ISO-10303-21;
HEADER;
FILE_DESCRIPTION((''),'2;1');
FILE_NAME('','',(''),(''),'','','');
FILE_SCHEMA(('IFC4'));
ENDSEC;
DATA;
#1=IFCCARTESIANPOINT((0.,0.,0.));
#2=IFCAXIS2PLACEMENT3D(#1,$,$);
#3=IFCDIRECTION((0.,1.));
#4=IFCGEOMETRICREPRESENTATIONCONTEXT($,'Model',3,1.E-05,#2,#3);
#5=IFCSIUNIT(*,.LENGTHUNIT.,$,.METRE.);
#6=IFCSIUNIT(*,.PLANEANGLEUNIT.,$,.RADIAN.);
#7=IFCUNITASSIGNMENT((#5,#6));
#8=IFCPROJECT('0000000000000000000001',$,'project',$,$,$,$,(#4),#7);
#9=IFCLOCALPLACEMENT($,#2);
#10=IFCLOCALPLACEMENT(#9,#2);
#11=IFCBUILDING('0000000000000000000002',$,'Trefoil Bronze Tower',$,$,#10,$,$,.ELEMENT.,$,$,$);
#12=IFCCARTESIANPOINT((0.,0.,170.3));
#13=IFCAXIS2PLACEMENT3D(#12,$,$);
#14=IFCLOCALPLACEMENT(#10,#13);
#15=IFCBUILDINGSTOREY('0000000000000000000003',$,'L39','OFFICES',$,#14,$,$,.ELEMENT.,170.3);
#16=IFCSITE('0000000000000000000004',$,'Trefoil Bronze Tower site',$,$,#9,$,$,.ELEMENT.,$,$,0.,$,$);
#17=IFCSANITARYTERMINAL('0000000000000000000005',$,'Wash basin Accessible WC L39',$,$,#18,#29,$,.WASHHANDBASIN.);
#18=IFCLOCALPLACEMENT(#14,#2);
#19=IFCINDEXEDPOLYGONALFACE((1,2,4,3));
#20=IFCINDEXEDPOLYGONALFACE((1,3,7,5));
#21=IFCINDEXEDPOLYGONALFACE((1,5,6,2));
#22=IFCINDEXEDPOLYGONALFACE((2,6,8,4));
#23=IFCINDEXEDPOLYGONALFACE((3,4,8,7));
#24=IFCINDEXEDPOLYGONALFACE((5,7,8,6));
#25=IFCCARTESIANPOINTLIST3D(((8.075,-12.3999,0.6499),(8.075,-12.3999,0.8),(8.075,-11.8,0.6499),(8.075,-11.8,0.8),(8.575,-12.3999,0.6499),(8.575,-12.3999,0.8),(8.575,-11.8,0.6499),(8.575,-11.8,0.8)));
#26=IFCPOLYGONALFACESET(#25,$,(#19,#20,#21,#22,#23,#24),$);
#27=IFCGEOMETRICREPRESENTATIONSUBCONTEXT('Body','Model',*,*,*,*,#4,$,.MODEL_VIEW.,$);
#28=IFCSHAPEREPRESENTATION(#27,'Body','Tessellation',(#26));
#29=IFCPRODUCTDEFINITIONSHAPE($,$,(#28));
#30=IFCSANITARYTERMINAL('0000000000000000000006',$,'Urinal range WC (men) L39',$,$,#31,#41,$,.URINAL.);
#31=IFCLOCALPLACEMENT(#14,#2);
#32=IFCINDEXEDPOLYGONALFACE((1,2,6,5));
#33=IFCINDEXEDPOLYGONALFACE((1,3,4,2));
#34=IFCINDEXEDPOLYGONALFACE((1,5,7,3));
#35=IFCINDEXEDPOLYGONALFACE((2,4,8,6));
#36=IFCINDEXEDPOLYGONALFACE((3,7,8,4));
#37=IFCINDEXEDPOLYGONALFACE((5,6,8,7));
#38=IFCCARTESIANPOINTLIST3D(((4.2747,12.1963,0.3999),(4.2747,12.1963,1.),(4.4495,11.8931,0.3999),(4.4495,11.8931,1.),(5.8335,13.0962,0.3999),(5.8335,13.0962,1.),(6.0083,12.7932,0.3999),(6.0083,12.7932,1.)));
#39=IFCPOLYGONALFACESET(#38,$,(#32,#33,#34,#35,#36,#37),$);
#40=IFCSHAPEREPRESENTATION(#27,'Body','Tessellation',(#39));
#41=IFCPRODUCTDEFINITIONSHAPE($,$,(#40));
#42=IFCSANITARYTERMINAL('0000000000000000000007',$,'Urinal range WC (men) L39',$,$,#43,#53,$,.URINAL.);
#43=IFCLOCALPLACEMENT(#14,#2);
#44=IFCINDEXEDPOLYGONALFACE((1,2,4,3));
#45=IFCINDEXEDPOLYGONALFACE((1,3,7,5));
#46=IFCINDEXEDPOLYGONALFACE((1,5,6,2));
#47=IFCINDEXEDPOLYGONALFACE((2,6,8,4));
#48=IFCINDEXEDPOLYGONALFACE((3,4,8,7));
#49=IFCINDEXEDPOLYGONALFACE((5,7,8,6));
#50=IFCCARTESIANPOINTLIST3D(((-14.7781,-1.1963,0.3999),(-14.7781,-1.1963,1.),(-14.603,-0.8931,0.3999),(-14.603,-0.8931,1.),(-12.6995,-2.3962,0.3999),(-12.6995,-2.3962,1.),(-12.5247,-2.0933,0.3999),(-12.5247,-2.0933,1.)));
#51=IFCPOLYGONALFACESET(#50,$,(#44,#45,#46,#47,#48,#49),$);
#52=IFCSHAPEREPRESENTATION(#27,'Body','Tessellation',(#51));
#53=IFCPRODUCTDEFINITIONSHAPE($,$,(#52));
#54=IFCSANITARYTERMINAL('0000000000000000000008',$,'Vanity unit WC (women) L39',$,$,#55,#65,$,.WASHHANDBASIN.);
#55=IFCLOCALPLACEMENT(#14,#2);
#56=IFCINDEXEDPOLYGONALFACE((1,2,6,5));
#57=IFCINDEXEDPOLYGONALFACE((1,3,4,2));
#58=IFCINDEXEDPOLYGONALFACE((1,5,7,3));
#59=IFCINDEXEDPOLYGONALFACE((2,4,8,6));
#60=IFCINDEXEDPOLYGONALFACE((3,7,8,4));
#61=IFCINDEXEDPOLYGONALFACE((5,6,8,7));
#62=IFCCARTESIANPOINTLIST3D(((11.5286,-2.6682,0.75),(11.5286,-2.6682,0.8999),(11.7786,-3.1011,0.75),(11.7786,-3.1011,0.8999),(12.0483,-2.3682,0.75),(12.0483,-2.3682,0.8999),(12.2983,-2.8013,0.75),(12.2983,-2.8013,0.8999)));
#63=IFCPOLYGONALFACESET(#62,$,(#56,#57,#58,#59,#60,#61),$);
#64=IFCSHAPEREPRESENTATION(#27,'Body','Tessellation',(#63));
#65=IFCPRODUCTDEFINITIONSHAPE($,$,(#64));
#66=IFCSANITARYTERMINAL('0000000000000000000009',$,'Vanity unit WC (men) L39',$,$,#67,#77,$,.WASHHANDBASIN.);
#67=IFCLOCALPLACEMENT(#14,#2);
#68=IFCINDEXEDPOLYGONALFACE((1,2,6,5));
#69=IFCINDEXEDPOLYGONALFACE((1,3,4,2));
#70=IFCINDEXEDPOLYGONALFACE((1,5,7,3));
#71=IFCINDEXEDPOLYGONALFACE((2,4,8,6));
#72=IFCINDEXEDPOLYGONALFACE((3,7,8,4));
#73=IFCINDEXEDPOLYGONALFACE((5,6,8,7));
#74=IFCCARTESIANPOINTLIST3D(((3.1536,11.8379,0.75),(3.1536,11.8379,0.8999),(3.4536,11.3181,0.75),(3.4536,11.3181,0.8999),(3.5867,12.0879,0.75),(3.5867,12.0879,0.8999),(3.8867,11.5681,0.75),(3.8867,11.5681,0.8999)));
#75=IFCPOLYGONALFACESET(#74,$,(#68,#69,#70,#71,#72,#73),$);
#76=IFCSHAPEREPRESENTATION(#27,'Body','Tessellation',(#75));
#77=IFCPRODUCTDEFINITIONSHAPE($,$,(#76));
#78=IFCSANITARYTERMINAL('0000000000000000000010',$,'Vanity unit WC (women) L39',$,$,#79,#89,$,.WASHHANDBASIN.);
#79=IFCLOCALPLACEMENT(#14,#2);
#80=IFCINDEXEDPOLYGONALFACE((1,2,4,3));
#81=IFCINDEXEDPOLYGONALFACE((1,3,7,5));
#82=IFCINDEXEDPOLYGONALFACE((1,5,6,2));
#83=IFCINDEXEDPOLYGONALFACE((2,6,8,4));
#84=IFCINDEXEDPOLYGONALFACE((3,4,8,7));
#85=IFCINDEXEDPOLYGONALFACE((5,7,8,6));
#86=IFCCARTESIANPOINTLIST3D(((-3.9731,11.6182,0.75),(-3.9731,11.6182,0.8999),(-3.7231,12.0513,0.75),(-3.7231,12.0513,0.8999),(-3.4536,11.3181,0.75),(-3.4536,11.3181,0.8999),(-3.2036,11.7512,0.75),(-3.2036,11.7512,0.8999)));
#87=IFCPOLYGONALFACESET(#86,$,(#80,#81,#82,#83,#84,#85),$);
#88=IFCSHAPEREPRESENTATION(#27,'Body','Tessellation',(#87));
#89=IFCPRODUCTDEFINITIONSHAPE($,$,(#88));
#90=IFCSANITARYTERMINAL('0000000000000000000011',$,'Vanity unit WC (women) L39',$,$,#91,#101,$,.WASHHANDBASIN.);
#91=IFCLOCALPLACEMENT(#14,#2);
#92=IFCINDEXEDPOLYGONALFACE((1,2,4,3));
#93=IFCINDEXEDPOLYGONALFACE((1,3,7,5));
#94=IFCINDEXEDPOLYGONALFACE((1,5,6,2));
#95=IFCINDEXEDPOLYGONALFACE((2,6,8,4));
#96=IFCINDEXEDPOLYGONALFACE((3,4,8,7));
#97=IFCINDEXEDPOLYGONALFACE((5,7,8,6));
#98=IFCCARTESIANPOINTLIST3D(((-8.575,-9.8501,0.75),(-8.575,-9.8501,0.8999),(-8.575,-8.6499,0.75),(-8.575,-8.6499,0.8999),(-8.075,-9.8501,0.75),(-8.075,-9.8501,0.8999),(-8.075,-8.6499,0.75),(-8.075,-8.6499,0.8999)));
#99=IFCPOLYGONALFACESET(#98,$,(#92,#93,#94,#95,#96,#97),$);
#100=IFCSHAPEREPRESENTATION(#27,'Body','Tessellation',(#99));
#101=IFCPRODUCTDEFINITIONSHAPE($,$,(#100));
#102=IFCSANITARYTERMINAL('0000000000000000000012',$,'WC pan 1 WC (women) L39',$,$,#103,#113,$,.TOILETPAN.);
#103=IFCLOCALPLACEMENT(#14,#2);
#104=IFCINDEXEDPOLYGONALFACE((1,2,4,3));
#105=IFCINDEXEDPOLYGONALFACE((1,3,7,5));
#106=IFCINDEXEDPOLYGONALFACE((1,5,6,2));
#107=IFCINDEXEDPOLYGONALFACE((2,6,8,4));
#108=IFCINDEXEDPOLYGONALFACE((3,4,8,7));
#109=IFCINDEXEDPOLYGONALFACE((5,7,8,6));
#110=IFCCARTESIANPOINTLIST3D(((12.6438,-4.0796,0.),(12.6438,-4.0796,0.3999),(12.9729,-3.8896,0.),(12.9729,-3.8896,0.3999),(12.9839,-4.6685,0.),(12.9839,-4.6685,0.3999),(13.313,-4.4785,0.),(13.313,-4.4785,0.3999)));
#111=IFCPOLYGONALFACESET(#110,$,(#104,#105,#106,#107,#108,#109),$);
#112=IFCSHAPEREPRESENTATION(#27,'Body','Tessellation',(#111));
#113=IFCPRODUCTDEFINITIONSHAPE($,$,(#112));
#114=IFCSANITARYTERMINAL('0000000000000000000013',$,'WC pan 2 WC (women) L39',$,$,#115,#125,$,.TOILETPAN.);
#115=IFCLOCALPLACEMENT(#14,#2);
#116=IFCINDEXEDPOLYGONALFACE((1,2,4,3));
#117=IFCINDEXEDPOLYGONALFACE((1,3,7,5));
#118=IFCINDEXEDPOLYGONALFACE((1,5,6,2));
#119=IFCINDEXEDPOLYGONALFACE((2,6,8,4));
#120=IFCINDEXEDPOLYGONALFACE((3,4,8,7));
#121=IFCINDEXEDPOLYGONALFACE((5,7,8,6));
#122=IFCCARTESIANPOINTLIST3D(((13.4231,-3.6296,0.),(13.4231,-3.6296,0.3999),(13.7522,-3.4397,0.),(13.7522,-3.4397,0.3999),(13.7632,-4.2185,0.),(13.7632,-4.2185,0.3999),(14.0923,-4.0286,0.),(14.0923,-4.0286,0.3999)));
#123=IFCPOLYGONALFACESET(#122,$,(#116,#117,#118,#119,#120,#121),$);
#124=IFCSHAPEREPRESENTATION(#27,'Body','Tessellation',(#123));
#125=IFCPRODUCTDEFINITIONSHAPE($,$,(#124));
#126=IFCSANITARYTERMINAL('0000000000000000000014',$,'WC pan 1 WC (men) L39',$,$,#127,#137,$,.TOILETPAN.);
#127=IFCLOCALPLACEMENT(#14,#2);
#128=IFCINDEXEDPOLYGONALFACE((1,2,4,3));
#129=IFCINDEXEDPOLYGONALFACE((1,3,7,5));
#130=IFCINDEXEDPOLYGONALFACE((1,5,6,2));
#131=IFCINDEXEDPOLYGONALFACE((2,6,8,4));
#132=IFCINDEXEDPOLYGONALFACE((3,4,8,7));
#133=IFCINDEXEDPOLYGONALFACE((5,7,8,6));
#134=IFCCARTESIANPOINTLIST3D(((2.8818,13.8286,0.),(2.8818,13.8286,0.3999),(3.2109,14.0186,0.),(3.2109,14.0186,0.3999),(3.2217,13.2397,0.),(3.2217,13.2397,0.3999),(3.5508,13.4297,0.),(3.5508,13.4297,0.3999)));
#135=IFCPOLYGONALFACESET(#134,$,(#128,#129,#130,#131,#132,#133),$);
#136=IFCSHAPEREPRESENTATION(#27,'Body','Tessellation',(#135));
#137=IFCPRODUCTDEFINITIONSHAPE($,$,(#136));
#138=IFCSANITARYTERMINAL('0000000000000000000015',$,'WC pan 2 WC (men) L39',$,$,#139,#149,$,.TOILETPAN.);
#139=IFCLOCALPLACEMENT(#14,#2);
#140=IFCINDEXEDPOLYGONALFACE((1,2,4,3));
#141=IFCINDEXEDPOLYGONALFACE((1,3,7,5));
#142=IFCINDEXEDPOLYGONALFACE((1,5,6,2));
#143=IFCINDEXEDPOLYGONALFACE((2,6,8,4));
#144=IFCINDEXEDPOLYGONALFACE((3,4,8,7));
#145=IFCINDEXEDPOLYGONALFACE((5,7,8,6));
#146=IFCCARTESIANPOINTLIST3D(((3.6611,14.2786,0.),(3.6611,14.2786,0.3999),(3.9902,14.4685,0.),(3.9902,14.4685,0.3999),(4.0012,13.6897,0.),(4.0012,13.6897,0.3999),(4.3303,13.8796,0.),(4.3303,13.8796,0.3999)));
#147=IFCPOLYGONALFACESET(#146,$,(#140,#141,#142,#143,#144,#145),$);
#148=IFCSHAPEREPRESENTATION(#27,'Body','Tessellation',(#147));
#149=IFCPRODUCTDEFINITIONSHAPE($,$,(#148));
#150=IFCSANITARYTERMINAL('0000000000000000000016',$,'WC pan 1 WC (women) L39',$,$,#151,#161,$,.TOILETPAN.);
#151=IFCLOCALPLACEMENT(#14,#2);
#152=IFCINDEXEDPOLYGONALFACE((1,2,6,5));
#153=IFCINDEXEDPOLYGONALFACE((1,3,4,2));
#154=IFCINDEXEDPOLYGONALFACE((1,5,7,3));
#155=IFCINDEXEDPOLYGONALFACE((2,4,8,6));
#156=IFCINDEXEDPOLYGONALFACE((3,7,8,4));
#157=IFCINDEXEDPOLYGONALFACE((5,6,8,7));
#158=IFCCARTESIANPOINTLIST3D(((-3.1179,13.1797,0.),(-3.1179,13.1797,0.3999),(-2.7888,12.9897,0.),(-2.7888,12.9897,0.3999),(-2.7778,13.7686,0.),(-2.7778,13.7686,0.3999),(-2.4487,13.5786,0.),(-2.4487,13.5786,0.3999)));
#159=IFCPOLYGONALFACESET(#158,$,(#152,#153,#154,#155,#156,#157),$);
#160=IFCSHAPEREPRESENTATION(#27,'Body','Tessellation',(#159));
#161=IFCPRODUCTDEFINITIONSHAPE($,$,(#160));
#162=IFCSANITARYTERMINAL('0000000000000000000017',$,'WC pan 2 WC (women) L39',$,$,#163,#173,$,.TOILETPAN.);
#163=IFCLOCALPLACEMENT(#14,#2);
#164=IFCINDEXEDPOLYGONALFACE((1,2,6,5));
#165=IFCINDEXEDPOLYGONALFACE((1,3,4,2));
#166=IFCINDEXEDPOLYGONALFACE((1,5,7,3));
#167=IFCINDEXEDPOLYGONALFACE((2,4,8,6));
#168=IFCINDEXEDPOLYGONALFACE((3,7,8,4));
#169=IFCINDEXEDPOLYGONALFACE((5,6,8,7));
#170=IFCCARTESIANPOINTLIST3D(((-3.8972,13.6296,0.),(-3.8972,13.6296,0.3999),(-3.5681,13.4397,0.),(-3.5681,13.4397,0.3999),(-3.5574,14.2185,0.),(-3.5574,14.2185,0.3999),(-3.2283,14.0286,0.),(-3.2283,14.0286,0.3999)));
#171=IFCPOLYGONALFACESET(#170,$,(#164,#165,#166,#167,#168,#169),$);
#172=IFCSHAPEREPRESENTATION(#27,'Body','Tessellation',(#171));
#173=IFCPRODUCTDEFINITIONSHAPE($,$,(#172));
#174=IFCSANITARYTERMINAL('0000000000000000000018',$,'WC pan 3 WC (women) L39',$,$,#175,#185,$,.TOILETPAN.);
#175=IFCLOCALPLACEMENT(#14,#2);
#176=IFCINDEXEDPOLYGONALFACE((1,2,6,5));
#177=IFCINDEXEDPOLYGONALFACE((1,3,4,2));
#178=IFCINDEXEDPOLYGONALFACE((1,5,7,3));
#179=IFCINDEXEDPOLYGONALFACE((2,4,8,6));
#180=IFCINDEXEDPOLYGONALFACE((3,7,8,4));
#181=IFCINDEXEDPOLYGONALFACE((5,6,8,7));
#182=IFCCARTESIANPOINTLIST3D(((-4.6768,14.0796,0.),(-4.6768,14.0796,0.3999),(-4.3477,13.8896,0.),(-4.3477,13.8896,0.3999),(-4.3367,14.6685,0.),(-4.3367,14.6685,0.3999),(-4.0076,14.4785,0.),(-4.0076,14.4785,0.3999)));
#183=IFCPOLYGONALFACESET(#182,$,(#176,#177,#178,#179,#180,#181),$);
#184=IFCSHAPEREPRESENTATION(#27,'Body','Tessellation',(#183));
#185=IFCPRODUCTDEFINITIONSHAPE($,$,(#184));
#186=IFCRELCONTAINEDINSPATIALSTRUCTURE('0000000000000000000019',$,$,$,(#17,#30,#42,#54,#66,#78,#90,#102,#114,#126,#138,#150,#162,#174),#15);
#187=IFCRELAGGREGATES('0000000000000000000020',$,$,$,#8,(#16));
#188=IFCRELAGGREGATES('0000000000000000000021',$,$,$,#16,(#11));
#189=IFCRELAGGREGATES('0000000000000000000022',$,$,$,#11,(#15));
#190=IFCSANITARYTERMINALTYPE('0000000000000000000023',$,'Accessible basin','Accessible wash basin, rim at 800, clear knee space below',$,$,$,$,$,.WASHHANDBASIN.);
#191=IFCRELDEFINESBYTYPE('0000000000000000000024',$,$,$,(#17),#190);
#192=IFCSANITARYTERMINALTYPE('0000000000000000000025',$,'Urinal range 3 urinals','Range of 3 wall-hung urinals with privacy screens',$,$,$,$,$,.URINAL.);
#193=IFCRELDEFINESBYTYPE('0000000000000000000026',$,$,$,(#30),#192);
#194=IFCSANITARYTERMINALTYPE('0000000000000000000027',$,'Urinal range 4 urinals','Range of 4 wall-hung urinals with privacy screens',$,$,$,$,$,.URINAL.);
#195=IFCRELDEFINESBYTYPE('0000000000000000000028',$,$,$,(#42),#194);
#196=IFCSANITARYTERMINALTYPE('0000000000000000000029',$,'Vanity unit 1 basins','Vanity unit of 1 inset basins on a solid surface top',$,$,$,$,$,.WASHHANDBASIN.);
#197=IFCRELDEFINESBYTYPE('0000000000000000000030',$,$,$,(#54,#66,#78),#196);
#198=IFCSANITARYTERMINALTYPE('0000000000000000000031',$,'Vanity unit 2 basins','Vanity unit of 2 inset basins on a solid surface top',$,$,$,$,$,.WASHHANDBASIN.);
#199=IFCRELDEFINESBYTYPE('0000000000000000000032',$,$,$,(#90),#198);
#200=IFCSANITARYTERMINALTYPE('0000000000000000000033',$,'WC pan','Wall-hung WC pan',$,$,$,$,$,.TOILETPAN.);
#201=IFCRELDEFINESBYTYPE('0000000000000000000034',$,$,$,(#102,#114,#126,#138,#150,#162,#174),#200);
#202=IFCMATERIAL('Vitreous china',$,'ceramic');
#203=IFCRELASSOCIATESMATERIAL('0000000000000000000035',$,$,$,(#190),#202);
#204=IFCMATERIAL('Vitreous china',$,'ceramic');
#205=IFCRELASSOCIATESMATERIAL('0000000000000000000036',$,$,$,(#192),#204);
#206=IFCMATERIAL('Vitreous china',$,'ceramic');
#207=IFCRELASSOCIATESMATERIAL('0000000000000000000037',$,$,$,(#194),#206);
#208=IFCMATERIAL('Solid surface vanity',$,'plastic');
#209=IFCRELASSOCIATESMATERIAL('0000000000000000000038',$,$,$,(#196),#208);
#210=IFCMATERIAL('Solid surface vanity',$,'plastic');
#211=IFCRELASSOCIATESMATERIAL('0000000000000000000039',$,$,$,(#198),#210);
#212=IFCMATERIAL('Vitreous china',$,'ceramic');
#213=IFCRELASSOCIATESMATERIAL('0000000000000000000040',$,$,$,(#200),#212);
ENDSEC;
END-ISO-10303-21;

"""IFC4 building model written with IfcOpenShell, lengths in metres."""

from ifc_helpers import new_model, si_unit, direction, frame, origin, place, context, subcontext, project, spatial, polyline, outline, extrude, material, type_object, element, save


model = new_model("IFC4")

# Units and contexts
model_context = context("Model", 3, precision=1e-05, world=origin(), true_north=direction((0.0, 1.0)))
body_context = subcontext(model_context, "Body", "Model", "MODEL_VIEW")
ifc_project = project(units=[si_unit("LENGTHUNIT", "METRE"), si_unit("PLANEANGLEUNIT", "RADIAN")], contexts=[model_context])

# Site, building, storey
site_placement = place(None, origin())
site = spatial("IfcSite", under=ifc_project, at=site_placement, Name="Trefoil Bronze Tower site", CompositionType="ELEMENT", RefElevation=0.0)
building_placement = place(site_placement, origin())
building = spatial("IfcBuilding", under=site, at=building_placement, Name="Trefoil Bronze Tower", CompositionType="ELEMENT")
storey_placement = place(building_placement, frame((0.0, 0.0, 170.3)))
storey = spatial("IfcBuildingStorey", under=building, at=storey_placement, Name="L39", Description="OFFICES", CompositionType="ELEMENT", Elevation=170.3)

# Sanitary terminals
ifc_material_1 = material(Name="Vitreous china", Category="ceramic")
sanitary_terminal_type_1 = type_object("IfcSanitaryTerminalType", Name="Accessible basin", Description="Accessible wash basin, rim at 800, clear knee space below", PredefinedType="WASHHANDBASIN", material=ifc_material_1)
sanitary_terminal_1_placement = place(storey_placement, frame((0.0, 0.0, 0.6499)))
element("IfcSanitaryTerminal", 1, at=sanitary_terminal_1_placement, inside=storey, type_object=sanitary_terminal_type_1, Name="Wash basin Accessible WC L39", PredefinedType="WASHHANDBASIN", context=body_context, shape_type="SweptSolid", body=[
    extrude(outline(polyline([(8.075, -11.8), (8.575, -11.8), (8.575, -12.3999), (8.075, -12.3999), (8.075, -11.8)])), origin(), (0.0, 0.0, 1.0), 0.1501),
])
ifc_material_2 = material(Name="Vitreous china", Category="ceramic")
sanitary_terminal_type_2 = type_object("IfcSanitaryTerminalType", Name="Urinal range 3 urinals", Description="Range of 3 wall-hung urinals with privacy screens", PredefinedType="URINAL", material=ifc_material_2)
sanitary_terminal_2_placement = place(storey_placement, frame((0.0, 0.0, 0.3999)))
element("IfcSanitaryTerminal", 2, at=sanitary_terminal_2_placement, inside=storey, type_object=sanitary_terminal_type_2, Name="Urinal range WC (men) L39", PredefinedType="URINAL", context=body_context, shape_type="SweptSolid", body=[
    extrude(outline(polyline([(4.4495, 11.8931), (4.2747, 12.1963), (5.8335, 13.0962), (6.0083, 12.7932), (4.4495, 11.8931)])), origin(), (0.0, 0.0, 1.0), 0.6001),
])
ifc_material_3 = material(Name="Vitreous china", Category="ceramic")
sanitary_terminal_type_3 = type_object("IfcSanitaryTerminalType", Name="Urinal range 4 urinals", Description="Range of 4 wall-hung urinals with privacy screens", PredefinedType="URINAL", material=ifc_material_3)
sanitary_terminal_3_placement = place(storey_placement, frame((0.0, 0.0, 0.3999)))
element("IfcSanitaryTerminal", 3, at=sanitary_terminal_3_placement, inside=storey, type_object=sanitary_terminal_type_3, Name="Urinal range WC (men) L39", PredefinedType="URINAL", context=body_context, shape_type="SweptSolid", body=[
    extrude(outline(polyline([(-12.5247, -2.0933), (-12.6995, -2.3962), (-14.7781, -1.1963), (-14.603, -0.8931), (-12.5247, -2.0933)])), origin(), (0.0, 0.0, 1.0), 0.6001),
])
ifc_material_4 = material(Name="Solid surface vanity", Category="plastic")
sanitary_terminal_type_4 = type_object("IfcSanitaryTerminalType", Name="Vanity unit 1 basins", Description="Vanity unit of 1 inset basins on a solid surface top", PredefinedType="WASHHANDBASIN", material=ifc_material_4)
sanitary_terminal_4_placement = place(storey_placement, frame((0.0, 0.0, 0.75)))
element("IfcSanitaryTerminal", 4, at=sanitary_terminal_4_placement, inside=storey, type_object=sanitary_terminal_type_4, Name="Vanity unit WC (women) L39", PredefinedType="WASHHANDBASIN", context=body_context, shape_type="SweptSolid", body=[
    extrude(outline(polyline([(11.5286, -2.6682), (11.7786, -3.1011), (12.2983, -2.8013), (12.0483, -2.3682), (11.5286, -2.6682)])), origin(), (0.0, 0.0, 1.0), 0.1499),
])
sanitary_terminal_5_placement = place(storey_placement, frame((0.0, 0.0, 0.75)))
element("IfcSanitaryTerminal", 5, at=sanitary_terminal_5_placement, inside=storey, type_object=sanitary_terminal_type_4, Name="Vanity unit WC (men) L39", PredefinedType="WASHHANDBASIN", context=body_context, shape_type="SweptSolid", body=[
    extrude(outline(polyline([(3.4536, 11.3181), (3.1536, 11.8379), (3.5867, 12.0879), (3.8867, 11.5681), (3.4536, 11.3181)])), origin(), (0.0, 0.0, 1.0), 0.1499),
])
sanitary_terminal_6_placement = place(storey_placement, frame((0.0, 0.0, 0.75)))
element("IfcSanitaryTerminal", 6, at=sanitary_terminal_6_placement, inside=storey, type_object=sanitary_terminal_type_4, Name="Vanity unit WC (women) L39", PredefinedType="WASHHANDBASIN", context=body_context, shape_type="SweptSolid", body=[
    extrude(outline(polyline([(-3.4536, 11.3181), (-3.2036, 11.7512), (-3.7231, 12.0513), (-3.9731, 11.6182), (-3.4536, 11.3181)])), origin(), (0.0, 0.0, 1.0), 0.1499),
])
ifc_material_5 = material(Name="Solid surface vanity", Category="plastic")
sanitary_terminal_type_5 = type_object("IfcSanitaryTerminalType", Name="Vanity unit 2 basins", Description="Vanity unit of 2 inset basins on a solid surface top", PredefinedType="WASHHANDBASIN", material=ifc_material_5)
sanitary_terminal_7_placement = place(storey_placement, frame((0.0, 0.0, 0.75)))
element("IfcSanitaryTerminal", 7, at=sanitary_terminal_7_placement, inside=storey, type_object=sanitary_terminal_type_5, Name="Vanity unit WC (women) L39", PredefinedType="WASHHANDBASIN", context=body_context, shape_type="SweptSolid", body=[
    extrude(outline(polyline([(-8.075, -8.6499), (-8.575, -8.6499), (-8.575, -9.8501), (-8.075, -9.8501), (-8.075, -8.6499)])), origin(), (0.0, 0.0, 1.0), 0.1499),
])
ifc_material_6 = material(Name="Vitreous china", Category="ceramic")
sanitary_terminal_type_6 = type_object("IfcSanitaryTerminalType", Name="WC pan", Description="Wall-hung WC pan", PredefinedType="TOILETPAN", material=ifc_material_6)
sanitary_terminal_8_placement = place(storey_placement, origin())
element("IfcSanitaryTerminal", 8, at=sanitary_terminal_8_placement, inside=storey, type_object=sanitary_terminal_type_6, Name="WC pan 1 WC (women) L39", PredefinedType="TOILETPAN", context=body_context, shape_type="SweptSolid", body=[
    extrude(outline(polyline([(12.6438, -4.0796), (12.9839, -4.6685), (13.313, -4.4785), (12.9729, -3.8896), (12.6438, -4.0796)])), origin(), (0.0, 0.0, 1.0), 0.3999),
])
sanitary_terminal_9_placement = place(storey_placement, origin())
element("IfcSanitaryTerminal", 9, at=sanitary_terminal_9_placement, inside=storey, type_object=sanitary_terminal_type_6, Name="WC pan 2 WC (women) L39", PredefinedType="TOILETPAN", context=body_context, shape_type="SweptSolid", body=[
    extrude(outline(polyline([(13.4231, -3.6296), (13.7632, -4.2185), (14.0923, -4.0286), (13.7522, -3.4397), (13.4231, -3.6296)])), origin(), (0.0, 0.0, 1.0), 0.3999),
])
sanitary_terminal_10_placement = place(storey_placement, origin())
element("IfcSanitaryTerminal", 10, at=sanitary_terminal_10_placement, inside=storey, type_object=sanitary_terminal_type_6, Name="WC pan 1 WC (men) L39", PredefinedType="TOILETPAN", context=body_context, shape_type="SweptSolid", body=[
    extrude(outline(polyline([(3.2217, 13.2397), (2.8818, 13.8286), (3.2109, 14.0186), (3.5508, 13.4297), (3.2217, 13.2397)])), origin(), (0.0, 0.0, 1.0), 0.3999),
])
sanitary_terminal_11_placement = place(storey_placement, origin())
element("IfcSanitaryTerminal", 11, at=sanitary_terminal_11_placement, inside=storey, type_object=sanitary_terminal_type_6, Name="WC pan 2 WC (men) L39", PredefinedType="TOILETPAN", context=body_context, shape_type="SweptSolid", body=[
    extrude(outline(polyline([(4.0012, 13.6897), (3.6611, 14.2786), (3.9902, 14.4685), (4.3303, 13.8796), (4.0012, 13.6897)])), origin(), (0.0, 0.0, 1.0), 0.3999),
])
sanitary_terminal_12_placement = place(storey_placement, origin())
element("IfcSanitaryTerminal", 12, at=sanitary_terminal_12_placement, inside=storey, type_object=sanitary_terminal_type_6, Name="WC pan 1 WC (women) L39", PredefinedType="TOILETPAN", context=body_context, shape_type="SweptSolid", body=[
    extrude(outline(polyline([(-2.7888, 12.9897), (-2.4487, 13.5786), (-2.7778, 13.7686), (-3.1179, 13.1797), (-2.7888, 12.9897)])), origin(), (0.0, 0.0, 1.0), 0.3999),
])
sanitary_terminal_13_placement = place(storey_placement, origin())
element("IfcSanitaryTerminal", 13, at=sanitary_terminal_13_placement, inside=storey, type_object=sanitary_terminal_type_6, Name="WC pan 2 WC (women) L39", PredefinedType="TOILETPAN", context=body_context, shape_type="SweptSolid", body=[
    extrude(outline(polyline([(-3.5681, 13.4397), (-3.2283, 14.0286), (-3.5574, 14.2185), (-3.8972, 13.6296), (-3.5681, 13.4397)])), origin(), (0.0, 0.0, 1.0), 0.3999),
])
sanitary_terminal_14_placement = place(storey_placement, origin())
element("IfcSanitaryTerminal", 14, at=sanitary_terminal_14_placement, inside=storey, type_object=sanitary_terminal_type_6, Name="WC pan 3 WC (women) L39", PredefinedType="TOILETPAN", context=body_context, shape_type="SweptSolid", body=[
    extrude(outline(polyline([(-4.3477, 13.8896), (-4.0076, 14.4785), (-4.3367, 14.6685), (-4.6768, 14.0796), (-4.3477, 13.8896)])), origin(), (0.0, 0.0, 1.0), 0.3999),
])

save(model, "model.ifc")
